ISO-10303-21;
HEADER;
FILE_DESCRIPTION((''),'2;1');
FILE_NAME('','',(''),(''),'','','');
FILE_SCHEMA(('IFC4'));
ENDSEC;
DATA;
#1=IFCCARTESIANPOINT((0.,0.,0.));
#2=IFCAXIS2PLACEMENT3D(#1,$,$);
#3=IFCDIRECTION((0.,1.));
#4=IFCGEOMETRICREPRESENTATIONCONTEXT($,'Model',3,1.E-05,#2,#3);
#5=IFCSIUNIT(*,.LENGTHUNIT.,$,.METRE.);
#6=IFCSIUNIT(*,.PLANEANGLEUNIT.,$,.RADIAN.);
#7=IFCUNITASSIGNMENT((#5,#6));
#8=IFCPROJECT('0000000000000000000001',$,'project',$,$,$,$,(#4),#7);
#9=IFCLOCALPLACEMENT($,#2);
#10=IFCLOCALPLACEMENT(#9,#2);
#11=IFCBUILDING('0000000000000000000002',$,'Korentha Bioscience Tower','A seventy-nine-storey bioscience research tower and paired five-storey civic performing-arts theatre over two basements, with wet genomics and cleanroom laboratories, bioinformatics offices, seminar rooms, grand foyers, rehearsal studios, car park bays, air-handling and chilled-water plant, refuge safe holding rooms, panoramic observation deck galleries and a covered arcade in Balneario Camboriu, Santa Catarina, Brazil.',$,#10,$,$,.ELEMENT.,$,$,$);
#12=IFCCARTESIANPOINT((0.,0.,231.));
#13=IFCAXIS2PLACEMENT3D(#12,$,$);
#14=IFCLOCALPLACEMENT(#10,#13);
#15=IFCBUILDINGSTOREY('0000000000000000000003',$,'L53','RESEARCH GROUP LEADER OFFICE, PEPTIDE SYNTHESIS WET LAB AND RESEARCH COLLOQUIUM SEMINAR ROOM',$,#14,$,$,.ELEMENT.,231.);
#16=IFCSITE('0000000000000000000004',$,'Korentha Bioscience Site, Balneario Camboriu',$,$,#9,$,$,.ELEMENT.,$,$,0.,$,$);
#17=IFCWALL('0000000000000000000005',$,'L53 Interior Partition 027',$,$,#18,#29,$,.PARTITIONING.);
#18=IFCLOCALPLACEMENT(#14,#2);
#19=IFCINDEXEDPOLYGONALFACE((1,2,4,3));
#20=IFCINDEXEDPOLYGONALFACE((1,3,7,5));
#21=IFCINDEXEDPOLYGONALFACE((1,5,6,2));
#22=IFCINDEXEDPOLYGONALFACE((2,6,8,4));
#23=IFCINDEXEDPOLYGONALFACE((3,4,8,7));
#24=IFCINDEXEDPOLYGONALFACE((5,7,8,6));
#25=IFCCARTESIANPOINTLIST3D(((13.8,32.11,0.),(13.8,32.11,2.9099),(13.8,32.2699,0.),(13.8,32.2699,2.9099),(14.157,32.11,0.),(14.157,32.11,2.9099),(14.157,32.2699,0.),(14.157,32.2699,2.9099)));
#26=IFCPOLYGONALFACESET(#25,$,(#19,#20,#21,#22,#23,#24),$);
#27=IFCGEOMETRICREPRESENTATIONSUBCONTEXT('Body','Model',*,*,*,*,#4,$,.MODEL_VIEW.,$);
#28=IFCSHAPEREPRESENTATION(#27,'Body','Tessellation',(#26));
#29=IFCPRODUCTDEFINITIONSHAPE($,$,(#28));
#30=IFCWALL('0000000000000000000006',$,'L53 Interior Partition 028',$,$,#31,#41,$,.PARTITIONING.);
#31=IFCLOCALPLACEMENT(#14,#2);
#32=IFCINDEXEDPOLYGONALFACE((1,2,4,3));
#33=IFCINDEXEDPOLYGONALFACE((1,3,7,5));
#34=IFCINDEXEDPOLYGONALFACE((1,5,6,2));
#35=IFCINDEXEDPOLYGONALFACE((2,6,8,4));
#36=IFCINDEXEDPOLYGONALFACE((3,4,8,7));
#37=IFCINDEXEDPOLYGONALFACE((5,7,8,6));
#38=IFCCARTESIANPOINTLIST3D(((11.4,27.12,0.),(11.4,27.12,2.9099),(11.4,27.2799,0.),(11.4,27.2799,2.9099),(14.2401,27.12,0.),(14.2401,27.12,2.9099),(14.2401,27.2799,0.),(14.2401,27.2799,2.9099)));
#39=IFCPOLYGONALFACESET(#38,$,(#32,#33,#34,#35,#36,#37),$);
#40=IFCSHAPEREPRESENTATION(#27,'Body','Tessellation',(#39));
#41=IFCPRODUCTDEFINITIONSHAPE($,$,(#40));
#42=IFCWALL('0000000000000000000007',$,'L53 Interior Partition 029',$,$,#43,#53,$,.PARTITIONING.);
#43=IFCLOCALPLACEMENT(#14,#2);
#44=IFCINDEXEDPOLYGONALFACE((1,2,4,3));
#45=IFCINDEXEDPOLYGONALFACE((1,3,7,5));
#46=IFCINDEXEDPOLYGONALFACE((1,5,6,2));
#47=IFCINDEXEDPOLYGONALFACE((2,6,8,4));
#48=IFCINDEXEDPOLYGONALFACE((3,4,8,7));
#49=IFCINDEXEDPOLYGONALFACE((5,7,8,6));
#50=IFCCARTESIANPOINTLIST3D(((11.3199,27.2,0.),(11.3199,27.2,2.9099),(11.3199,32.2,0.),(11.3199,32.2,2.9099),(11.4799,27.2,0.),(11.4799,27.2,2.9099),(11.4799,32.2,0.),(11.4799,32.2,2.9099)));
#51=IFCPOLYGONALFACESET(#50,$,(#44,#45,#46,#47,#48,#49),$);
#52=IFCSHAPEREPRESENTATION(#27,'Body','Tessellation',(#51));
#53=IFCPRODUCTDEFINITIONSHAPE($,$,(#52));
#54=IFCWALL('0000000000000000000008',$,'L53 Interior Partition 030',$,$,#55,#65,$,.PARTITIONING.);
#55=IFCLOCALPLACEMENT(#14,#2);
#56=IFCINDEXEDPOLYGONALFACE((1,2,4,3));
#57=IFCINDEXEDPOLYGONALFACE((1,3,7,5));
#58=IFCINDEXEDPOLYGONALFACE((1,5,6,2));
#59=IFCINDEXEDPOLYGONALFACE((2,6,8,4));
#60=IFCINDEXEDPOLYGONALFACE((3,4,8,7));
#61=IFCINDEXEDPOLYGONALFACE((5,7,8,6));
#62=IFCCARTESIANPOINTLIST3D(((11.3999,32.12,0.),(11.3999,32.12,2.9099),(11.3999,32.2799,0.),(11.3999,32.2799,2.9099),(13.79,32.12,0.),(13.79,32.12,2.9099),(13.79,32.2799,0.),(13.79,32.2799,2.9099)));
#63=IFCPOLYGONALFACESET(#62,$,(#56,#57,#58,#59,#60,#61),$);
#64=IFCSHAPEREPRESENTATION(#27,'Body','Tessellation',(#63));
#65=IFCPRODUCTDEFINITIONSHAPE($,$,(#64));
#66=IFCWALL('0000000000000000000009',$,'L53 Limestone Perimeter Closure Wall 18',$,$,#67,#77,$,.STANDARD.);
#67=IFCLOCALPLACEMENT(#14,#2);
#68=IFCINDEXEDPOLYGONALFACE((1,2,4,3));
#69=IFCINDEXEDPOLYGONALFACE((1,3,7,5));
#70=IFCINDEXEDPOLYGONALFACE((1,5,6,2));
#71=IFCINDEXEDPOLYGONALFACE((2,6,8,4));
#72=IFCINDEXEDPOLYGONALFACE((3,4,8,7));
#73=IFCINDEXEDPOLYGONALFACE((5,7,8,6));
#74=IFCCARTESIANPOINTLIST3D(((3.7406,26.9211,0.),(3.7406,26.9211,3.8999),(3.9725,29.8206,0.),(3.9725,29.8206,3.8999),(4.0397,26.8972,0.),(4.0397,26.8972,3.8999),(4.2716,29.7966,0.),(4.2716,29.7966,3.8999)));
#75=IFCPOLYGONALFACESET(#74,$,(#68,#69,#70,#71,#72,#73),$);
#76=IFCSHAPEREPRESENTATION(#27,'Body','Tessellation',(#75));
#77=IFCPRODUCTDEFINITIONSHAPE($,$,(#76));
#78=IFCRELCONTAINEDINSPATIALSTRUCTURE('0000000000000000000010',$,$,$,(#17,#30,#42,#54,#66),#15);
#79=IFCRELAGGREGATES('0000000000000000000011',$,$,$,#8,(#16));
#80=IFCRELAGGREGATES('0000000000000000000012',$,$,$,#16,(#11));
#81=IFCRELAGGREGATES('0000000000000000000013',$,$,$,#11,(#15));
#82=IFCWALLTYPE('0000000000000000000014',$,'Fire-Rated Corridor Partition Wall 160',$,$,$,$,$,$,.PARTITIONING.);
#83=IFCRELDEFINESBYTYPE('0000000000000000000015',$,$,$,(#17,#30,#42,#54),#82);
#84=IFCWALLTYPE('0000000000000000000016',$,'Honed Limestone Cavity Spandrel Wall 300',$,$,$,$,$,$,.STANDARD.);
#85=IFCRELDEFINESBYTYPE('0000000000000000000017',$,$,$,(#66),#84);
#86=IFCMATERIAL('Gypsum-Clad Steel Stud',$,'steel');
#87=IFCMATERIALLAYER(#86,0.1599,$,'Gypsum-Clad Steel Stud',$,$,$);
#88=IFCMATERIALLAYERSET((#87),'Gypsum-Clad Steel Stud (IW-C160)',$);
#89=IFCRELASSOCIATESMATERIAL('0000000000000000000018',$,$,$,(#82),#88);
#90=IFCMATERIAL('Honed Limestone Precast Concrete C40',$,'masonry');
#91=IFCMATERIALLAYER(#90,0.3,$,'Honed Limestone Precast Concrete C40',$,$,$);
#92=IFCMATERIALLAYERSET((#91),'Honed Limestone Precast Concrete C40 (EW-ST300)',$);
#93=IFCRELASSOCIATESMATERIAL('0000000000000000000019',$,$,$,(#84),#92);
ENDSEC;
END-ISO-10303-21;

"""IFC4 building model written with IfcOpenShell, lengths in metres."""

from ifc_helpers import new_model, si_unit, direction, frame, frame_2d, origin, place, context, subcontext, project, spatial, rectangle, extrude, material, layer, layer_set, type_object, element, save


model = new_model("IFC4")

# Units and contexts
model_context = context("Model", 3, precision=1e-05, world=origin(), true_north=direction((0.0, 1.0)))
body_context = subcontext(model_context, "Body", "Model", "MODEL_VIEW")
ifc_project = project(units=[si_unit("LENGTHUNIT", "METRE"), si_unit("PLANEANGLEUNIT", "RADIAN")], contexts=[model_context])

# Site, building, storey
site_placement = place(None, origin())
site = spatial("IfcSite", under=ifc_project, at=site_placement, Name="Korentha Bioscience Site, Balneario Camboriu", CompositionType="ELEMENT", RefElevation=0.0)
building_placement = place(site_placement, origin())
building = spatial("IfcBuilding", under=site, at=building_placement, Name="Korentha Bioscience Tower", Description="A seventy-nine-storey bioscience research tower and paired five-storey civic performing-arts theatre over two basements, with wet genomics and cleanroom laboratories, bioinformatics offices, seminar rooms, grand foyers, rehearsal studios, car park bays, air-handling and chilled-water plant, refuge safe holding rooms, panoramic observation deck galleries and a covered arcade in Balneario Camboriu, Santa Catarina, Brazil.", CompositionType="ELEMENT")
storey_placement = place(building_placement, frame((0.0, 0.0, 231.0)))
storey = spatial("IfcBuildingStorey", under=building, at=storey_placement, Name="L53", Description="RESEARCH GROUP LEADER OFFICE, PEPTIDE SYNTHESIS WET LAB AND RESEARCH COLLOQUIUM SEMINAR ROOM", CompositionType="ELEMENT", Elevation=231.0)

# Shared definitions
ifc_material_1 = material(Name="Gypsum-Clad Steel Stud", Category="steel")
ifc_layer_1 = layer(ifc_material_1, 0.1599, Name="Gypsum-Clad Steel Stud")
ifc_layer_set_1 = layer_set([ifc_layer_1], Name="Gypsum-Clad Steel Stud (IW-C160)")
wall_type_1 = type_object("IfcWallType", Name="Fire-Rated Corridor Partition Wall 160", PredefinedType="PARTITIONING", material=ifc_layer_set_1)

# Walls
wall_1_placement = place(storey_placement, frame((13.8, 32.1899, 0.0), z_axis=(0.0, 0.0, 1.0), x_axis=(1.0, 0.0, 0.0)))
element("IfcWall", 1, at=wall_1_placement, inside=storey, type_object=wall_type_1, Name="L53 Interior Partition 027", PredefinedType="PARTITIONING", context=body_context, shape_type="SweptSolid", body=[
    extrude(rectangle(XDim=0.3569, YDim=0.1599, at=frame_2d((0.1785, 0.0))), origin(), (0.0, 0.0, 1.0), 2.9099),
])
wall_2_placement = place(storey_placement, frame((14.24, 27.2, 0.0), z_axis=(0.0, 0.0, 1.0), x_axis=(-1.0, 0.0, 0.0)))
element("IfcWall", 2, at=wall_2_placement, inside=storey, type_object=wall_type_1, Name="L53 Interior Partition 028", PredefinedType="PARTITIONING", context=body_context, shape_type="SweptSolid", body=[
    extrude(rectangle(XDim=2.8401, YDim=0.1599, at=frame_2d((1.4199, 0.0))), origin(), (0.0, 0.0, 1.0), 2.9099),
])
wall_3_placement = place(storey_placement, frame((11.3999, 27.2, 0.0), z_axis=(0.0, 0.0, 1.0), x_axis=(0.0, 1.0, 0.0)))
element("IfcWall", 3, at=wall_3_placement, inside=storey, type_object=wall_type_1, Name="L53 Interior Partition 029", PredefinedType="PARTITIONING", context=body_context, shape_type="SweptSolid", body=[
    extrude(rectangle(XDim=5.0, YDim=0.1599, at=frame_2d((2.5, 0.0))), origin(), (0.0, 0.0, 1.0), 2.9099),
])
wall_4_placement = place(storey_placement, frame((11.3999, 32.2, 0.0), z_axis=(0.0, 0.0, 1.0), x_axis=(1.0, 0.0, 0.0)))
element("IfcWall", 4, at=wall_4_placement, inside=storey, type_object=wall_type_1, Name="L53 Interior Partition 030", PredefinedType="PARTITIONING", context=body_context, shape_type="SweptSolid", body=[
    extrude(rectangle(XDim=2.3901, YDim=0.1599, at=frame_2d((1.1951, 0.0))), origin(), (0.0, 0.0, 1.0), 2.9099),
])

# Shared definitions
ifc_material_2 = material(Name="Honed Limestone Precast Concrete C40", Category="masonry")
ifc_layer_2 = layer(ifc_material_2, 0.3, Name="Honed Limestone Precast Concrete C40")
ifc_layer_set_2 = layer_set([ifc_layer_2], Name="Honed Limestone Precast Concrete C40 (EW-ST300)")
wall_type_2 = type_object("IfcWallType", Name="Honed Limestone Cavity Spandrel Wall 300", PredefinedType="STANDARD", material=ifc_layer_set_2)

# Wall
wall_5_placement = place(storey_placement, frame((4.1221, 29.8086, 0.0), z_axis=(0.0, 0.0, 1.0), x_axis=(-0.079739, -0.996816, 0.0)))
element("IfcWall", 5, at=wall_5_placement, inside=storey, type_object=wall_type_2, Name="L53 Limestone Perimeter Closure Wall 18", PredefinedType="STANDARD", context=body_context, shape_type="SweptSolid", body=[
    extrude(rectangle(XDim=2.9087, YDim=0.3, at=frame_2d((1.4543, 0.0))), origin(), (0.0, 0.0, 1.0), 3.8999),
])

save(model, "model.ifc")
